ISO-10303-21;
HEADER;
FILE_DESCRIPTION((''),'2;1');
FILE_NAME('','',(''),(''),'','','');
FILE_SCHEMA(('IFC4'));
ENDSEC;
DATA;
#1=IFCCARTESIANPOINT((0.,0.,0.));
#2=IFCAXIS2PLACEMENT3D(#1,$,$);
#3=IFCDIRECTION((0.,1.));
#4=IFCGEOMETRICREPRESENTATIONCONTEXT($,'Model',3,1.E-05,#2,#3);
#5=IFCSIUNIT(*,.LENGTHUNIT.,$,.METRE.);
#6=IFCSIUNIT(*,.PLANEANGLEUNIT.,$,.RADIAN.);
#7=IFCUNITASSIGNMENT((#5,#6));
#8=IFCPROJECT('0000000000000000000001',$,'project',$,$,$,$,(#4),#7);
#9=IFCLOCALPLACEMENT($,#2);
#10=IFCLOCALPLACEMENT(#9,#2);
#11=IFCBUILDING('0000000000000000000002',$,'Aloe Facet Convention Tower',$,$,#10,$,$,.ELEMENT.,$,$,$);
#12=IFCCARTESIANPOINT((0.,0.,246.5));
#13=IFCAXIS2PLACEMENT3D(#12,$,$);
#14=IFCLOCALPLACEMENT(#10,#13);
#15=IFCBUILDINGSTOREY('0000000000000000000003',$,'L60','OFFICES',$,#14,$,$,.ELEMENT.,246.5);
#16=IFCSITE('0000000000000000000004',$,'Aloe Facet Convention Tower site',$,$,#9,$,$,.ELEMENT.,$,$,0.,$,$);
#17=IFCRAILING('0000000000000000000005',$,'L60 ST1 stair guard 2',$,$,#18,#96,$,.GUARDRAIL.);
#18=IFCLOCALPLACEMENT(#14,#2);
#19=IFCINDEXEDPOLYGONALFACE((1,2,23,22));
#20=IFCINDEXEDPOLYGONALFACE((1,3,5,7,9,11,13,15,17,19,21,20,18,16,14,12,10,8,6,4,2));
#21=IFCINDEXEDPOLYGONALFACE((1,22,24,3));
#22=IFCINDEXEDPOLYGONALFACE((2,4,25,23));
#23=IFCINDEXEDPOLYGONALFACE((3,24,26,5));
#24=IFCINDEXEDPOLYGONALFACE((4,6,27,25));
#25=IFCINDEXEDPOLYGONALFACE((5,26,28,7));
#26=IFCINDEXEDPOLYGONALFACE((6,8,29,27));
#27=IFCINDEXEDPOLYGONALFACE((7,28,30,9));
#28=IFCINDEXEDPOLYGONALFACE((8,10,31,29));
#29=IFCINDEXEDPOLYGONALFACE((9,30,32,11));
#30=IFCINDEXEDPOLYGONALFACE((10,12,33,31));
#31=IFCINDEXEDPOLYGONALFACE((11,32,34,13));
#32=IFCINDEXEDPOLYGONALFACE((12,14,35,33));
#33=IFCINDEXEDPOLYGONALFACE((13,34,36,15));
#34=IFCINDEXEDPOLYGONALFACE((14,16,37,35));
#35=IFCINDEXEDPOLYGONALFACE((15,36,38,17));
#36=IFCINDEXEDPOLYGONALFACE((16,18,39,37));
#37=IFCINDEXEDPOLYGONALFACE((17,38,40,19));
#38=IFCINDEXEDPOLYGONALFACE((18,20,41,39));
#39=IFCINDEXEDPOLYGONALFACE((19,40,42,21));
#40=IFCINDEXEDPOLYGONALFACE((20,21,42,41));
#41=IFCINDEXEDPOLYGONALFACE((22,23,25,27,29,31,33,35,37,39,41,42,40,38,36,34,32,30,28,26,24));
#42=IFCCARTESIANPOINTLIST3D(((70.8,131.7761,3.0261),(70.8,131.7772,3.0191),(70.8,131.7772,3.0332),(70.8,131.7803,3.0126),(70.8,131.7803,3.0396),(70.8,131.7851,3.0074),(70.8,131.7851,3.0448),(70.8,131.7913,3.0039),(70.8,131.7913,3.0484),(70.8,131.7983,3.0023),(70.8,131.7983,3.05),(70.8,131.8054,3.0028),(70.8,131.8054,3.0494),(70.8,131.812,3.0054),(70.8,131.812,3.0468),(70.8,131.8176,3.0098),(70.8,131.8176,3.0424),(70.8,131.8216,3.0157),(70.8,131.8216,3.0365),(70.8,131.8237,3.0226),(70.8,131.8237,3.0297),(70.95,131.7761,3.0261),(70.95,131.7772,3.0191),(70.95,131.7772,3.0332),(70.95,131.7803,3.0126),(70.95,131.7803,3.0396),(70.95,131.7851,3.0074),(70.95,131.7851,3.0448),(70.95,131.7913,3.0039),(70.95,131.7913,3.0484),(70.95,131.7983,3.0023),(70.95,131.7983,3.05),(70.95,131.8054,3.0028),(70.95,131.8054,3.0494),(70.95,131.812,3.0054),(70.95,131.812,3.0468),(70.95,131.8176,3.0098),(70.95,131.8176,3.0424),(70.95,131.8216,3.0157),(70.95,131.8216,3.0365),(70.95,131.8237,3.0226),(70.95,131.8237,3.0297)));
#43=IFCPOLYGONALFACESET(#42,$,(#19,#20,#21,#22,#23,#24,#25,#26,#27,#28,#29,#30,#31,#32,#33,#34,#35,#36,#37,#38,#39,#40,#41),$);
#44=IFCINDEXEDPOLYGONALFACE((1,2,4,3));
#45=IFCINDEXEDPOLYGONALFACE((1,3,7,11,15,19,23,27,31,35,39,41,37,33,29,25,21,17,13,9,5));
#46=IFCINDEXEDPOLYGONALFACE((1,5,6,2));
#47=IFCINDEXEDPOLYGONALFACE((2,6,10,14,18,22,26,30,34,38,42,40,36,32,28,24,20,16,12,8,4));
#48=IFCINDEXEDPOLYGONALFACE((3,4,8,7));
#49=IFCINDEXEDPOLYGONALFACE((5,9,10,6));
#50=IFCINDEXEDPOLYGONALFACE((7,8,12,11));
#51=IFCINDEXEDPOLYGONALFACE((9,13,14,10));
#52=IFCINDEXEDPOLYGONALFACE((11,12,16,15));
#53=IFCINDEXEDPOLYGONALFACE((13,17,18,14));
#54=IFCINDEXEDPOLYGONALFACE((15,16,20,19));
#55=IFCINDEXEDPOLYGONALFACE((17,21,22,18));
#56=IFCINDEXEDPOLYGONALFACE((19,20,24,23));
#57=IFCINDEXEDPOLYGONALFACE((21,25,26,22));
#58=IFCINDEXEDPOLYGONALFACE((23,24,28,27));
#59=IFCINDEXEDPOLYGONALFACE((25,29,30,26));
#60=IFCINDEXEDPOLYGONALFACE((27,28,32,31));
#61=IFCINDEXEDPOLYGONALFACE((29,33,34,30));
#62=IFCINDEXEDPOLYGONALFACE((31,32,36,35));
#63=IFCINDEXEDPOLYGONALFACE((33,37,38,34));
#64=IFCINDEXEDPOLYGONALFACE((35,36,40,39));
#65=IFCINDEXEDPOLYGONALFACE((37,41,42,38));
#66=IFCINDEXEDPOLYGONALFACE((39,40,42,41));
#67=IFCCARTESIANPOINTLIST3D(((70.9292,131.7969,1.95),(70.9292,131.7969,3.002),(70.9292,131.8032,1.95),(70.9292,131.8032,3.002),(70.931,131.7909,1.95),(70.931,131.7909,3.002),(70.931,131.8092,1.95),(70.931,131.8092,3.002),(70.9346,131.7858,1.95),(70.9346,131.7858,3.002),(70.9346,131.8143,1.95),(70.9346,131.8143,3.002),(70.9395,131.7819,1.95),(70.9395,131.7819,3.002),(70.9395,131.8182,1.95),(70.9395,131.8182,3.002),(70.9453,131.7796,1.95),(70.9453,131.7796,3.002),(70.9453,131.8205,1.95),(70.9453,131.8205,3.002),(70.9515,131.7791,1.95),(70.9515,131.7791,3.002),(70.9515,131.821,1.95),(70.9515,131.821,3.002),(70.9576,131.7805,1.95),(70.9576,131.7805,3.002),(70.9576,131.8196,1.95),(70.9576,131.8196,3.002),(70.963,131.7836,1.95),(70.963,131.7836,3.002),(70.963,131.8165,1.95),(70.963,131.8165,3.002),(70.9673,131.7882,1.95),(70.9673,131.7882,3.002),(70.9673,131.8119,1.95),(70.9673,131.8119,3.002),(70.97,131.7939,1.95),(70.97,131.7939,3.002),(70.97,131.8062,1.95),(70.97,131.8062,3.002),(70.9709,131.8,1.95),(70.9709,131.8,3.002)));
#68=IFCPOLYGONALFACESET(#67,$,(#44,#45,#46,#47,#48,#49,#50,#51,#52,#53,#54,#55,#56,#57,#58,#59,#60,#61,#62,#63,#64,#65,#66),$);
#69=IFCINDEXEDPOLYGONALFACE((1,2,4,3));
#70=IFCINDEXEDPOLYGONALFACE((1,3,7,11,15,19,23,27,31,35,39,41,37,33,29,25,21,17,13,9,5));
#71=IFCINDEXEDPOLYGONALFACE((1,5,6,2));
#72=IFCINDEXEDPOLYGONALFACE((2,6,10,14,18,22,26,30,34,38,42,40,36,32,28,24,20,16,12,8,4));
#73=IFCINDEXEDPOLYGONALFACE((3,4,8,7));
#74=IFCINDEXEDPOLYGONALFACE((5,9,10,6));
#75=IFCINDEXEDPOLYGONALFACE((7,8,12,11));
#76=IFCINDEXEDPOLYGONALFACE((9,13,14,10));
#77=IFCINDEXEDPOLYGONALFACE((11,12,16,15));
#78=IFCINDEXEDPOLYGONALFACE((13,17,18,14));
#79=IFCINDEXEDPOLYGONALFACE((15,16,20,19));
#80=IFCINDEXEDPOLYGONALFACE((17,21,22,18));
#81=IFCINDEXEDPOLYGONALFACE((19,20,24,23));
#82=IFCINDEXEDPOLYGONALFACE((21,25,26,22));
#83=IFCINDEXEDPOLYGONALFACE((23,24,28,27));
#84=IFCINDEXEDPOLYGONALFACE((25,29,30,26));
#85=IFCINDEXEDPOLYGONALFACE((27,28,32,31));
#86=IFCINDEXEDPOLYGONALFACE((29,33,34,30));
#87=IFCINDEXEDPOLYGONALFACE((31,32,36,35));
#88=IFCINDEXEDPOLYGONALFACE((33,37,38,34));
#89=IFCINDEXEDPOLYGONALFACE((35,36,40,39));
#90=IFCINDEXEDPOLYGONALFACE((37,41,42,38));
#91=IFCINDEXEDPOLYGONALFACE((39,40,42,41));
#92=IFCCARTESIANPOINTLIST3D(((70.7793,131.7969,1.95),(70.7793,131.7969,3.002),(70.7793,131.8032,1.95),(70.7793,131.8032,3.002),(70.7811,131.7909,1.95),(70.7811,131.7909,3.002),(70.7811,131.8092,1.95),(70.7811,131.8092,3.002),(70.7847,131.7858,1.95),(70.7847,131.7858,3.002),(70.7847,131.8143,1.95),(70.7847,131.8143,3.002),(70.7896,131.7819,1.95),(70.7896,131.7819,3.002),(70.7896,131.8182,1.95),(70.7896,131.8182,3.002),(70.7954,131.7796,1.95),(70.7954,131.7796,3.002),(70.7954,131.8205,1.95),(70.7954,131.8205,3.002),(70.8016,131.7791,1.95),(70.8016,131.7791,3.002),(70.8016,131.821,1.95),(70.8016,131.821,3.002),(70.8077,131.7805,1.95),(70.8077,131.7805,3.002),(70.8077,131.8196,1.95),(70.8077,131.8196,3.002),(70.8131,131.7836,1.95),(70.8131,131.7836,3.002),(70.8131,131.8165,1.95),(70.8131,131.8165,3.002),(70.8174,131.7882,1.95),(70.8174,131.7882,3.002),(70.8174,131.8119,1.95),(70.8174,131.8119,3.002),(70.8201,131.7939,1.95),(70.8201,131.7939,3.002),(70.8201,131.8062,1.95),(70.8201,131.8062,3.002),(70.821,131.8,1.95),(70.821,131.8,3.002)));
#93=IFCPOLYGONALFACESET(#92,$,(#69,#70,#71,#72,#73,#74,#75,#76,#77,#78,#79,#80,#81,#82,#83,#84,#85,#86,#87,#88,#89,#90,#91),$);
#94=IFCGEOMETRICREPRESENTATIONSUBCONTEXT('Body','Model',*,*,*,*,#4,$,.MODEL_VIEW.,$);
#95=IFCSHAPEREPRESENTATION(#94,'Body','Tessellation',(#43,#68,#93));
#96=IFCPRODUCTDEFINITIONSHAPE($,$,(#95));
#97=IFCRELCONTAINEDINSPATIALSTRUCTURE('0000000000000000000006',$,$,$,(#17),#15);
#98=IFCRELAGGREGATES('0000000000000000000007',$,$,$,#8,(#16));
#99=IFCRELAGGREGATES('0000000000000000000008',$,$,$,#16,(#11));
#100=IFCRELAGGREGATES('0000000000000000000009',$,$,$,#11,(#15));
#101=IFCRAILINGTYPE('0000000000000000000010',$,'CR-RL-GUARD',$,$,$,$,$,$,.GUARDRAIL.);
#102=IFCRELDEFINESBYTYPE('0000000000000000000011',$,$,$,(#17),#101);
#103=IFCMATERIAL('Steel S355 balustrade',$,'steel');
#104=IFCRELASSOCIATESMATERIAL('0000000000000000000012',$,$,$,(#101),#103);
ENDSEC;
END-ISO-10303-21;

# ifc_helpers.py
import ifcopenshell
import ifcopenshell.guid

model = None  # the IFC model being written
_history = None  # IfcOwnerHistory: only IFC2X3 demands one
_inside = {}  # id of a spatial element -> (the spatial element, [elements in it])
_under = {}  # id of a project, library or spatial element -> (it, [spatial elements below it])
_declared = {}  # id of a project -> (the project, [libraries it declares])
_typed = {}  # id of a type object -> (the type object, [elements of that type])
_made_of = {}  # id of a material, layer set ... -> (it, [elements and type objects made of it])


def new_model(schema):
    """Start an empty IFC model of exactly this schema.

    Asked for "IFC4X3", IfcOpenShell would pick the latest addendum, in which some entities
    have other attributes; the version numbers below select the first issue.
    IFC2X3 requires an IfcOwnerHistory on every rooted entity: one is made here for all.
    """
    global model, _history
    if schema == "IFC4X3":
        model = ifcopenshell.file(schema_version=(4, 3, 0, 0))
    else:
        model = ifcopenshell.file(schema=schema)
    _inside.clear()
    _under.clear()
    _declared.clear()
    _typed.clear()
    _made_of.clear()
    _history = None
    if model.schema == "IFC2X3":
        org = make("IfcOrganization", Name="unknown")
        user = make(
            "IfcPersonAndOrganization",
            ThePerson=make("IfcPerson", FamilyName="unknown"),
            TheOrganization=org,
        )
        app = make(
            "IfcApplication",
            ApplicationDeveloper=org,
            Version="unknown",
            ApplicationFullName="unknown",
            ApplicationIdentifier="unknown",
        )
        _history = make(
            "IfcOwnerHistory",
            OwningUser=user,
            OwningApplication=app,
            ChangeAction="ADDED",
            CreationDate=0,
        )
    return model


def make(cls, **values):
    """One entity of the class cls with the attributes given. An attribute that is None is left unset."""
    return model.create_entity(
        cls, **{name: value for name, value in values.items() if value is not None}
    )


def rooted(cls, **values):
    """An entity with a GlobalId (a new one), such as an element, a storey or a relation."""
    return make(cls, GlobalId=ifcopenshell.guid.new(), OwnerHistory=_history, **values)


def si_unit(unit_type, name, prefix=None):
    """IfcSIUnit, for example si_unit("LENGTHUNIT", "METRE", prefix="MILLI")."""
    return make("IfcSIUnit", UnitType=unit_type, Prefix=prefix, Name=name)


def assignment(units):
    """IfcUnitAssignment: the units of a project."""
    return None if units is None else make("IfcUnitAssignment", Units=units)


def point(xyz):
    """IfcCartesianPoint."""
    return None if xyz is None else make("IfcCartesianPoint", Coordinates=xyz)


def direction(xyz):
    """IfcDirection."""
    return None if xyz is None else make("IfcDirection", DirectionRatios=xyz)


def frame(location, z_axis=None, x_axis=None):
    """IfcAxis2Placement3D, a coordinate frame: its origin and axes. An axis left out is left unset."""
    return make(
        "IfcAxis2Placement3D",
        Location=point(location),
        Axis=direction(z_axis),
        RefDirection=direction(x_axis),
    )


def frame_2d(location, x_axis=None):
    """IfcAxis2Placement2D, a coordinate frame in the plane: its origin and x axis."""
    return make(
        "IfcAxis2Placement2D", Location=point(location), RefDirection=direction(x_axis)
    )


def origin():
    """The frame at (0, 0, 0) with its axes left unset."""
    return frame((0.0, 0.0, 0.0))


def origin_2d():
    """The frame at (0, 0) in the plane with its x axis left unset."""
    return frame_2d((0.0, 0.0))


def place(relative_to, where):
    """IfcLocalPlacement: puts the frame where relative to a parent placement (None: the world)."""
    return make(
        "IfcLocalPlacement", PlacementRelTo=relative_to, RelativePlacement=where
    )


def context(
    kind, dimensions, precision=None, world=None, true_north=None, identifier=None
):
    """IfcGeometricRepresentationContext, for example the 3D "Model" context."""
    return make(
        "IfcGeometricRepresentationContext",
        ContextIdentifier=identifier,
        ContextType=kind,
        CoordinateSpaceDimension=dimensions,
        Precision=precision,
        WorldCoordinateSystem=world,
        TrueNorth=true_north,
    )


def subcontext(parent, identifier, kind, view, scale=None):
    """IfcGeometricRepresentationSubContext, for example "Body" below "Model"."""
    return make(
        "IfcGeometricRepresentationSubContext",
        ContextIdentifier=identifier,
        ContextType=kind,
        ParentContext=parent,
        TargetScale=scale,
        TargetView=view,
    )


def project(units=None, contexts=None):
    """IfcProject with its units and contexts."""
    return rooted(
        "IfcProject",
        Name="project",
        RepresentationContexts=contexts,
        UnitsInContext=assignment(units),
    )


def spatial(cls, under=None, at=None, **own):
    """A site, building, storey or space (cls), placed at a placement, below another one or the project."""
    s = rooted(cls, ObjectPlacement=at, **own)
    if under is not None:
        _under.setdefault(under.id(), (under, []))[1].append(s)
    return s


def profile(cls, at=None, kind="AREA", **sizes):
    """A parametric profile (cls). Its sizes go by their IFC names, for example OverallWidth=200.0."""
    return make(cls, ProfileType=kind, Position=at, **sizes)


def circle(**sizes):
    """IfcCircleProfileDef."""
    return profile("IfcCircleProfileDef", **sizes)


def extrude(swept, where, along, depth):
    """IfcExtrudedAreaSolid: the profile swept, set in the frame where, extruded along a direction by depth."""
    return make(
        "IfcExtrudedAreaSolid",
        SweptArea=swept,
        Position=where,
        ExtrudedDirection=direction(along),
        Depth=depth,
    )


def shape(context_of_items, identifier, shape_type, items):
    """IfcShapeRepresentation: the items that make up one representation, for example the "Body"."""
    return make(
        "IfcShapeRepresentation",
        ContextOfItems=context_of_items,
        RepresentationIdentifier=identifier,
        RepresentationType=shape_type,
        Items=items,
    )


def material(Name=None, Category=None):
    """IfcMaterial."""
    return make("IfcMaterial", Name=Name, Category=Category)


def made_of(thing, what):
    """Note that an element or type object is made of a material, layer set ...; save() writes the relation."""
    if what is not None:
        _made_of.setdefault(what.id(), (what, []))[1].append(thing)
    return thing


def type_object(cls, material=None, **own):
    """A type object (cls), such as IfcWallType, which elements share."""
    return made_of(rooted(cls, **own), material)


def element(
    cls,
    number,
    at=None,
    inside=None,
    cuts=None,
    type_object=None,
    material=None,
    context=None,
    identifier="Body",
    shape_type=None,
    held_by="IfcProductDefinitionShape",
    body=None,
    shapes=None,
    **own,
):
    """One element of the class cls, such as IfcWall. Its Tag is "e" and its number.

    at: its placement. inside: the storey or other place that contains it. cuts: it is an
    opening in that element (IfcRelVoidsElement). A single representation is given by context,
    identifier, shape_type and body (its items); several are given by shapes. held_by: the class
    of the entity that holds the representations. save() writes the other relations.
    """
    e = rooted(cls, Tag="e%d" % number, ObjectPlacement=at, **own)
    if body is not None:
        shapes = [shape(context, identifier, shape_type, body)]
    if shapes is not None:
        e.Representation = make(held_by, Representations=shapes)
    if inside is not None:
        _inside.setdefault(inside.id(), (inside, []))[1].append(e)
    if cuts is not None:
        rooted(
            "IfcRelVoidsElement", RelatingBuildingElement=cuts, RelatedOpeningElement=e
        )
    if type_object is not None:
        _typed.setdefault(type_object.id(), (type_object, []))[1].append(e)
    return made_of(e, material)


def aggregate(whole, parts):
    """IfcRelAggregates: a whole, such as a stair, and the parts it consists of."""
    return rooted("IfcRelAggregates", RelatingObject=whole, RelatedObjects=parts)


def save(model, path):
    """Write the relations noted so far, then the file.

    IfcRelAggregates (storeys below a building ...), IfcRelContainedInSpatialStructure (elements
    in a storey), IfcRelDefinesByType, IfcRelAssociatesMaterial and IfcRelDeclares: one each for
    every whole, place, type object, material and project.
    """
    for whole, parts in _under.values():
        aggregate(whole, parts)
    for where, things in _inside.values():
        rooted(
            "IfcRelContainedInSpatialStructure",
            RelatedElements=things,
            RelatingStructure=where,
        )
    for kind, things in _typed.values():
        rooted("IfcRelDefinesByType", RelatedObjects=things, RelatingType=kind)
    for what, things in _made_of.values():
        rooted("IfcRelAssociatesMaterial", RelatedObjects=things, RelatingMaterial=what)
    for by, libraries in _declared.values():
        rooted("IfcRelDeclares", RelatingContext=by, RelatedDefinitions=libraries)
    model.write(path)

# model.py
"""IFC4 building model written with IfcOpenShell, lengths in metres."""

from ifc_helpers import new_model, si_unit, direction, frame, origin, origin_2d, place, context, subcontext, project, spatial, circle, extrude, material, type_object, element, save


model = new_model("IFC4")

# Units and contexts
model_context = context("Model", 3, precision=1e-05, world=origin(), true_north=direction((0.0, 1.0)))
body_context = subcontext(model_context, "Body", "Model", "MODEL_VIEW")
ifc_project = project(units=[si_unit("LENGTHUNIT", "METRE"), si_unit("PLANEANGLEUNIT", "RADIAN")], contexts=[model_context])

# Site, building, storey
site_placement = place(None, origin())
site = spatial("IfcSite", under=ifc_project, at=site_placement, Name="Aloe Facet Convention Tower site", CompositionType="ELEMENT", RefElevation=0.0)
building_placement = place(site_placement, origin())
building = spatial("IfcBuilding", under=site, at=building_placement, Name="Aloe Facet Convention Tower", CompositionType="ELEMENT")
storey_placement = place(building_placement, frame((0.0, 0.0, 246.5)))
storey = spatial("IfcBuildingStorey", under=building, at=storey_placement, Name="L60", Description="OFFICES", CompositionType="ELEMENT", Elevation=246.5)

# Railing
ifc_material_1 = material(Name="Steel S355 balustrade", Category="steel")
railing_type_1 = type_object("IfcRailingType", Name="CR-RL-GUARD", PredefinedType="GUARDRAIL", material=ifc_material_1)
railing_1_placement = place(storey_placement, frame((70.95, 131.8, 1.95)))
element("IfcRailing", 1, at=railing_1_placement, inside=storey, type_object=railing_type_1, Name="L60 ST1 stair guard 2", PredefinedType="GUARDRAIL", context=body_context, shape_type="SweptSolid", body=[
    extrude(circle(Radius=0.0239, at=origin_2d()), frame((0.0, 0.0, 1.0762), z_axis=(-1.0, 0.0, 0.0), x_axis=(0.0, -1.0, 0.0)), (0.0, 0.0, 1.0), 0.1499),
    extrude(circle(Radius=0.021, at=origin_2d()), origin(), (0.0, 0.0, 1.0), 1.052),
    extrude(circle(Radius=0.021, at=origin_2d()), frame((-0.1499, 0.0, 0.0)), (0.0, 0.0, 1.0), 1.052),
])

save(model, "model.ifc")
